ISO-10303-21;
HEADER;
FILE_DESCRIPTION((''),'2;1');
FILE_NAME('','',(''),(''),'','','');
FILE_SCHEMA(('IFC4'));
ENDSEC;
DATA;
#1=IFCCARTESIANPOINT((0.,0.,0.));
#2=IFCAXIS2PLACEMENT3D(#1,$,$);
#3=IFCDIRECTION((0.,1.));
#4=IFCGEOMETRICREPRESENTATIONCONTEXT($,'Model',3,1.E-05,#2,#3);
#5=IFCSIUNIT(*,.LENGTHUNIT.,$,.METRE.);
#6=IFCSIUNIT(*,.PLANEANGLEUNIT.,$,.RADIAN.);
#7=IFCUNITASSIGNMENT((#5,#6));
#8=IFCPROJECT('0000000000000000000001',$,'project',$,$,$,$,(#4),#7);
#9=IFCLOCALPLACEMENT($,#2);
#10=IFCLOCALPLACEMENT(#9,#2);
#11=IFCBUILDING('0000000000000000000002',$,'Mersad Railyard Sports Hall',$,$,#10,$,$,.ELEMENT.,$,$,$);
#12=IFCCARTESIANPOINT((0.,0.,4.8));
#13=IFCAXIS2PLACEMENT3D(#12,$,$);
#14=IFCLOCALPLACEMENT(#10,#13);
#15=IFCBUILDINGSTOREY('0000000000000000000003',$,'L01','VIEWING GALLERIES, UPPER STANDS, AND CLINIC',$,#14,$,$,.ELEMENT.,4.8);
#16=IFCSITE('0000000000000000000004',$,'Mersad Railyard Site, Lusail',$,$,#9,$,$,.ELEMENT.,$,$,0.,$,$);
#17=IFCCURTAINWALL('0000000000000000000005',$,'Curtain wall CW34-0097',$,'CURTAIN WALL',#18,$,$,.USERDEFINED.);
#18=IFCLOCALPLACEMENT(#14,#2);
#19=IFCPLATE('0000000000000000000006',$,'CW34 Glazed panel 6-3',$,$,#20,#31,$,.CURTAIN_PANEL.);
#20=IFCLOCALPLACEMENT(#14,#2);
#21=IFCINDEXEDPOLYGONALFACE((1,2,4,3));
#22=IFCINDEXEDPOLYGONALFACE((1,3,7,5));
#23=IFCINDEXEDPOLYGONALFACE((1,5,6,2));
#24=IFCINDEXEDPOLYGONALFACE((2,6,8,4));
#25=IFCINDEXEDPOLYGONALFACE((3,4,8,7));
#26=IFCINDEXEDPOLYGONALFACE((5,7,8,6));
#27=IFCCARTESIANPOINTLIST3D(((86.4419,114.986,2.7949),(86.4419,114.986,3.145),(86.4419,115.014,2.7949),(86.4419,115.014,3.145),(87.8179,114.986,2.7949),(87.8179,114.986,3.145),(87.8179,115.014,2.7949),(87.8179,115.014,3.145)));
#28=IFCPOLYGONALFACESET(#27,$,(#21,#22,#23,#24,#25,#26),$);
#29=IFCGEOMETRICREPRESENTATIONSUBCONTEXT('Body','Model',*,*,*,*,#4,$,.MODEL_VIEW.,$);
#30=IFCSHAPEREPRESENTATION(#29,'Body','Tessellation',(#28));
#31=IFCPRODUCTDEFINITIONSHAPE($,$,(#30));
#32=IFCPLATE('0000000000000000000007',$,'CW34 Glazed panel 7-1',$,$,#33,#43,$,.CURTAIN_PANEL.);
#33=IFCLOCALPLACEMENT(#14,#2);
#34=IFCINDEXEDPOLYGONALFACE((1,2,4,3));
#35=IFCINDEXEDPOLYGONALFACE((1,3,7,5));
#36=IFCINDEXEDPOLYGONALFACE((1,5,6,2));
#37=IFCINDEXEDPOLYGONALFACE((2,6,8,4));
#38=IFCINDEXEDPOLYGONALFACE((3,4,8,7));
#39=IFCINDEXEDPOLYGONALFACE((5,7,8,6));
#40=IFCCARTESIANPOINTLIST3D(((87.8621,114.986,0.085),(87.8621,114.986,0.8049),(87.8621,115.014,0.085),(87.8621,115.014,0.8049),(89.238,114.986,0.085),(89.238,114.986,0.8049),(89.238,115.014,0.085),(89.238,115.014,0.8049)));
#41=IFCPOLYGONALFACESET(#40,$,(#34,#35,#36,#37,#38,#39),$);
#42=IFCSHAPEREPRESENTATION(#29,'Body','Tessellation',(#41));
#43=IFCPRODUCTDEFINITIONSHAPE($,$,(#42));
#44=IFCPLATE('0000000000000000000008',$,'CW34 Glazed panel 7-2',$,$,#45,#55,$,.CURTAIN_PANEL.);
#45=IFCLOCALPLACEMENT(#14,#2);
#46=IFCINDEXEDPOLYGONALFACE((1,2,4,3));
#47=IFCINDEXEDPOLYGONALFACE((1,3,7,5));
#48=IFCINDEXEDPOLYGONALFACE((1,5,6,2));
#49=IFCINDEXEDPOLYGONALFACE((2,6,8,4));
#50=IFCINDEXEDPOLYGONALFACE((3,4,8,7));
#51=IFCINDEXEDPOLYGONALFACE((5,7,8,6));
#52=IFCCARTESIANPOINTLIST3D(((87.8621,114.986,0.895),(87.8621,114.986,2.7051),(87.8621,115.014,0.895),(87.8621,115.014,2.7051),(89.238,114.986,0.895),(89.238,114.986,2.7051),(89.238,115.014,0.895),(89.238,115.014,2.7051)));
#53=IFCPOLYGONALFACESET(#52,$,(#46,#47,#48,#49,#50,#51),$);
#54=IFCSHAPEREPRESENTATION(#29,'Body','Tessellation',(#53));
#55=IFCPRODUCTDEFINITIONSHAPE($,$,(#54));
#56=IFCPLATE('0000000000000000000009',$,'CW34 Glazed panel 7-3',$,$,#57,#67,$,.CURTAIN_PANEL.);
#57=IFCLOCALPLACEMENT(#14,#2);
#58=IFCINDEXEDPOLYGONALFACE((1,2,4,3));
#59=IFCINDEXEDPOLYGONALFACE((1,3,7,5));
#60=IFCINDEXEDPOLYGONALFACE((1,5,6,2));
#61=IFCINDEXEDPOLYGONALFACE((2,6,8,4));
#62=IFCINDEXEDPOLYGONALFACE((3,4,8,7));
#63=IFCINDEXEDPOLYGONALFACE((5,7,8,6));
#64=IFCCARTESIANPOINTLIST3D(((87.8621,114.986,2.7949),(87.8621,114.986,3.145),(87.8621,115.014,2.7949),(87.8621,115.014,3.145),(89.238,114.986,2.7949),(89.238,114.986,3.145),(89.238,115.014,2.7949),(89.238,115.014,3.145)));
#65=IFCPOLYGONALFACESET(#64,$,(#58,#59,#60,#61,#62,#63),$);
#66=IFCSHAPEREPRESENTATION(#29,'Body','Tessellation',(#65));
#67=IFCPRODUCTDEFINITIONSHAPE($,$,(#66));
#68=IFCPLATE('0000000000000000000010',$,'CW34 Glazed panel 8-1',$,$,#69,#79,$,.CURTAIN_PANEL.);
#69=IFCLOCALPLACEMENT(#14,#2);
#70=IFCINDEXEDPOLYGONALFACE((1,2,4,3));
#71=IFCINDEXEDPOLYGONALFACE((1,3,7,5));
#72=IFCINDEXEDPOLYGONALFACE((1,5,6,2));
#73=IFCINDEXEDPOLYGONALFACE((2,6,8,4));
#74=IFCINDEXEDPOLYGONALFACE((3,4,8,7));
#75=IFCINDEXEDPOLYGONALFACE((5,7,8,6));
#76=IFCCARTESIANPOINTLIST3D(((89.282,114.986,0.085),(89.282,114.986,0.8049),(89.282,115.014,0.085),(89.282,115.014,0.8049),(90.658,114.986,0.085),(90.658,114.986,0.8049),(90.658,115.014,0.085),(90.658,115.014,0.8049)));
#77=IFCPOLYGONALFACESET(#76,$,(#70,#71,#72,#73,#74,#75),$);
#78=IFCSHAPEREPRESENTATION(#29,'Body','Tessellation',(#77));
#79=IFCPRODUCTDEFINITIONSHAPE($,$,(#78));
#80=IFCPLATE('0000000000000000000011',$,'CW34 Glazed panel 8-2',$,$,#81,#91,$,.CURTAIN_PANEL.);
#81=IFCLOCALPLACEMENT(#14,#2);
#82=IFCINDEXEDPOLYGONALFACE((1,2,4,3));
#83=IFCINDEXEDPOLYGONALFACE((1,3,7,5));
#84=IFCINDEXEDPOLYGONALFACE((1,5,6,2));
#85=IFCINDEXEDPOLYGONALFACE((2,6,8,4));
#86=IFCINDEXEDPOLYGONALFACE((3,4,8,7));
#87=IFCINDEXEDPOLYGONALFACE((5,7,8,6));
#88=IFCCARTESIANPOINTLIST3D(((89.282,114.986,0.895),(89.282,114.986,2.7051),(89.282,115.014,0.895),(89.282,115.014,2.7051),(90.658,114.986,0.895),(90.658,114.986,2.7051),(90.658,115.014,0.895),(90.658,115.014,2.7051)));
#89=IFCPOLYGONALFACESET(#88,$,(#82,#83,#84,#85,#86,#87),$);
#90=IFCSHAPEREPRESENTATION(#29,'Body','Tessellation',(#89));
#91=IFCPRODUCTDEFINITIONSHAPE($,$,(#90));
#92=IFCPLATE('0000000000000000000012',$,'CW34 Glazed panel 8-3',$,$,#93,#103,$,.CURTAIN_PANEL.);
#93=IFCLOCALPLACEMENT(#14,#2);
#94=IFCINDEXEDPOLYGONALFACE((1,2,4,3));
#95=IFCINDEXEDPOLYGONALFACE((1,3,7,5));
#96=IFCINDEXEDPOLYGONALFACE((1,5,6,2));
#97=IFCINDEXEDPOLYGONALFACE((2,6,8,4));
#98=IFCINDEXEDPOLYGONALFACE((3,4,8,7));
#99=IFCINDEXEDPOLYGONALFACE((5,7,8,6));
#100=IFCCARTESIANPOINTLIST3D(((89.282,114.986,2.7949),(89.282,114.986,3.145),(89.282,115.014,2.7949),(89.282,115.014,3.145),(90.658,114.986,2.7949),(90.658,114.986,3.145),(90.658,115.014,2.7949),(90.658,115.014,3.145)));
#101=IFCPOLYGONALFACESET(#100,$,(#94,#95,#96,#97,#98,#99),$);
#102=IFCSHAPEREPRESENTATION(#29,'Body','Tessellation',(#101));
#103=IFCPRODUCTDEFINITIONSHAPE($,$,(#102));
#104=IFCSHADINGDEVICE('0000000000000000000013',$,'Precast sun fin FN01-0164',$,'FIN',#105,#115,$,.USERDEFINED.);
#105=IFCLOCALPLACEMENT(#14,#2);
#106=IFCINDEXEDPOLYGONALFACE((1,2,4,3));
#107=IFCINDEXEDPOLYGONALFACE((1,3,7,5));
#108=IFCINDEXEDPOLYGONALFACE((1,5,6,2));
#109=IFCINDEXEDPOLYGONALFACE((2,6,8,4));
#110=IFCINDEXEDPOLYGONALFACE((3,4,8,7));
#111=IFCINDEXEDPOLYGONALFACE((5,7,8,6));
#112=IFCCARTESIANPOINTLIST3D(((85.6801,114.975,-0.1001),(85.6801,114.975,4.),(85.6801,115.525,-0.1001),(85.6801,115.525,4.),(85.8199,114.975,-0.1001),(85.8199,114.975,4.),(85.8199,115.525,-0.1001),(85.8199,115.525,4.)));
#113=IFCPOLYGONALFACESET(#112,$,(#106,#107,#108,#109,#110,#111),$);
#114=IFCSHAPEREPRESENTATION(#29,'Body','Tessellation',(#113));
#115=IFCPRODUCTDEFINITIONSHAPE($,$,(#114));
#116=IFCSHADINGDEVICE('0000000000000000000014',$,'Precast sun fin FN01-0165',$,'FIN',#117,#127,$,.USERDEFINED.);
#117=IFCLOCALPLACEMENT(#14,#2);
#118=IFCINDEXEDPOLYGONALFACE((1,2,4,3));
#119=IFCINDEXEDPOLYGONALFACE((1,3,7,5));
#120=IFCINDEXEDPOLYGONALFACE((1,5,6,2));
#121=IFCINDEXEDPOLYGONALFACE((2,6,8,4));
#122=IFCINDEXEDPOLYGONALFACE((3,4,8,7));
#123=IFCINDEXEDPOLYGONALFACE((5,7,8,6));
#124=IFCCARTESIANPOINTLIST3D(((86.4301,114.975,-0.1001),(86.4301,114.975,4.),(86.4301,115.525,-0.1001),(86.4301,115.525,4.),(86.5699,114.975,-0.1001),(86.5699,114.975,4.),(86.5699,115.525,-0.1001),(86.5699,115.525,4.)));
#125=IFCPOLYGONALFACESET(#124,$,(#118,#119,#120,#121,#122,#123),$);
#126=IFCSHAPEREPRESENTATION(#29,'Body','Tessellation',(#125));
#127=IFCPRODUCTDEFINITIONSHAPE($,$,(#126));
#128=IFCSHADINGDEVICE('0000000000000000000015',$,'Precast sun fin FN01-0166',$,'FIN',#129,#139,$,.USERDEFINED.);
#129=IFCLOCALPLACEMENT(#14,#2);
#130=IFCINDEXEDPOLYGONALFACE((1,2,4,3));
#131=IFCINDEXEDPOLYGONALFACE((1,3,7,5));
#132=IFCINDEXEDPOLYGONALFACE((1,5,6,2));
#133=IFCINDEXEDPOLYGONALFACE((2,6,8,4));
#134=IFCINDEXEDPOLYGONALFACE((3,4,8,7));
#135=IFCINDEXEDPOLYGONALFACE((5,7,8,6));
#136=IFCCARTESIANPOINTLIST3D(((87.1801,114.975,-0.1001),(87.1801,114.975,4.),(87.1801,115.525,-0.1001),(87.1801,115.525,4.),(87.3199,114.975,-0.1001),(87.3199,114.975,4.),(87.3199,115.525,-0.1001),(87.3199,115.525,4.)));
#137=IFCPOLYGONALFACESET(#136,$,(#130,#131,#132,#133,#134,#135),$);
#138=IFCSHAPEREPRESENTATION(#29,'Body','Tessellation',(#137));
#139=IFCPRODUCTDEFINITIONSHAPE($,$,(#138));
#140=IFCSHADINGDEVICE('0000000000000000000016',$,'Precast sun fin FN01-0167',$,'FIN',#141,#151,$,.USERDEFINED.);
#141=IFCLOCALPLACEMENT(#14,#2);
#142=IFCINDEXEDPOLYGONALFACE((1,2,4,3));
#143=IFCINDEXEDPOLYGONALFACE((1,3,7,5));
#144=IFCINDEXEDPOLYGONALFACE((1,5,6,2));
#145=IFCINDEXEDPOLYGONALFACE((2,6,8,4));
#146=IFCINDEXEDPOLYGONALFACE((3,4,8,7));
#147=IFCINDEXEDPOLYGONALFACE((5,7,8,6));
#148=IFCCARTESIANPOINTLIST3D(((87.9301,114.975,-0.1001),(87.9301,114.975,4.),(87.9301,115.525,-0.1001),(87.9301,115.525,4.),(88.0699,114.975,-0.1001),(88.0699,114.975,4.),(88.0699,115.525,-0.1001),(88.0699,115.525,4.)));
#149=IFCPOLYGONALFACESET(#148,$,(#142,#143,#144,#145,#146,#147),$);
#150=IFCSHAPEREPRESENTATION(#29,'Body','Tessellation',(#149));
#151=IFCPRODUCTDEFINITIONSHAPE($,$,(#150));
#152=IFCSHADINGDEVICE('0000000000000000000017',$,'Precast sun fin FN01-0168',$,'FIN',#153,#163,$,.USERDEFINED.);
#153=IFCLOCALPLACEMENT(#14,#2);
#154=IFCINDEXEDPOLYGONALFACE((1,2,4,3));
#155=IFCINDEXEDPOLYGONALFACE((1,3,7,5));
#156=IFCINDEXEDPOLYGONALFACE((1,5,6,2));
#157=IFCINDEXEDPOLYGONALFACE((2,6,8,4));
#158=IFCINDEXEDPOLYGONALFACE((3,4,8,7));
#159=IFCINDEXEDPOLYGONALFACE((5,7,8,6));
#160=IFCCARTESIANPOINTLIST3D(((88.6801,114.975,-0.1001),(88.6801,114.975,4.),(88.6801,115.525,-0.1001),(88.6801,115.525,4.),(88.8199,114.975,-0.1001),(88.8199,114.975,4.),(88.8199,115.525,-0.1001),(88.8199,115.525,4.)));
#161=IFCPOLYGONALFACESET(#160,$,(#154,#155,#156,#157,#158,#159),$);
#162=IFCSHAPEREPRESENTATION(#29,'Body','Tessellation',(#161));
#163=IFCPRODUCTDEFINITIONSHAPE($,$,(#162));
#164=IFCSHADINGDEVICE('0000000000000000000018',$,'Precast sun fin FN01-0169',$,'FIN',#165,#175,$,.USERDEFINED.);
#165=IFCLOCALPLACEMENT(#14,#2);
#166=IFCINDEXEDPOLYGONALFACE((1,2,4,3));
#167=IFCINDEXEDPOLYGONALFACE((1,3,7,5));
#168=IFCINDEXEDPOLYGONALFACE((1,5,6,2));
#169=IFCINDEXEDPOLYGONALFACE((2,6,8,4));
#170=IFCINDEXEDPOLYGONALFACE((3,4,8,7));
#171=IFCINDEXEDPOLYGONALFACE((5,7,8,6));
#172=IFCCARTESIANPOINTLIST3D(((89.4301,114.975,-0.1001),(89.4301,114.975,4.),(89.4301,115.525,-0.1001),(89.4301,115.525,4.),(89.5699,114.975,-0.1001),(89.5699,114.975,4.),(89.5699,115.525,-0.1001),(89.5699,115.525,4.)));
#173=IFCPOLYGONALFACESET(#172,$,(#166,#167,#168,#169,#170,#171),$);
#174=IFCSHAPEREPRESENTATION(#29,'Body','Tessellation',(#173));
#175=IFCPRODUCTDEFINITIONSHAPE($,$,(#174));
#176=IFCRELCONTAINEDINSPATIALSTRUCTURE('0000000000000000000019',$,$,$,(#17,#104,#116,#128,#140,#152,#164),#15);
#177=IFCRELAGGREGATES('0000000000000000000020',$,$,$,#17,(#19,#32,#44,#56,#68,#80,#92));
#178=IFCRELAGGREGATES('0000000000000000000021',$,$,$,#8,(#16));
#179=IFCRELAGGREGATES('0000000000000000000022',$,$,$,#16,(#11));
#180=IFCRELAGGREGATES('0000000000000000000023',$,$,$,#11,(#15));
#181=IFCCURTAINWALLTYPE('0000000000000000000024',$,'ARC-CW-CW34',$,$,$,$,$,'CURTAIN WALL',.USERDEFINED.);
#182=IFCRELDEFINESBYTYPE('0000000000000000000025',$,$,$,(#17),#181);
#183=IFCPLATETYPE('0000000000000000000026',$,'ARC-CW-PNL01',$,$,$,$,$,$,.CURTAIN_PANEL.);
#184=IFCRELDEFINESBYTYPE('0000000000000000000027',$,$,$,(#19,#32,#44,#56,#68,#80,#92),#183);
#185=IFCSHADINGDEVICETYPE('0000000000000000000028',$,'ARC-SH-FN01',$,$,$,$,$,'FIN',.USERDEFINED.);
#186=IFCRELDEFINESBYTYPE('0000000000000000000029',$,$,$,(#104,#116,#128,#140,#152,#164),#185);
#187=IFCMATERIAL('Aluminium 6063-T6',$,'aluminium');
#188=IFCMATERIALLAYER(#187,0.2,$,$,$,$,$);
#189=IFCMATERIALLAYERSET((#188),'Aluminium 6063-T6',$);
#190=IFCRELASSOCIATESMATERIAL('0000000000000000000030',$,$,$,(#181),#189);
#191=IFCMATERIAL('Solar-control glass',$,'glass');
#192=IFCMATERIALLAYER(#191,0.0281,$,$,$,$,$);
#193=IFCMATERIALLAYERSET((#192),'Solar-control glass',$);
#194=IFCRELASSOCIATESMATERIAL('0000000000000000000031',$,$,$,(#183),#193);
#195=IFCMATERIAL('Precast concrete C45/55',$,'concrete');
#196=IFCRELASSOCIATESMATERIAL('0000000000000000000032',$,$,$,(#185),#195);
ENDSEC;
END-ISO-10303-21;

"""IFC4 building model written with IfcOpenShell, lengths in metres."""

from ifc_helpers import new_model, si_unit, direction, frame, origin, origin_2d, place, context, subcontext, project, spatial, rectangle, extrude, material, layer, layer_set, type_object, element, aggregate, save


model = new_model("IFC4")

# Units and contexts
model_context = context("Model", 3, precision=1e-05, world=origin(), true_north=direction((0.0, 1.0)))
body_context = subcontext(model_context, "Body", "Model", "MODEL_VIEW")
ifc_project = project(units=[si_unit("LENGTHUNIT", "METRE"), si_unit("PLANEANGLEUNIT", "RADIAN")], contexts=[model_context])

# Site, building, storey
site_placement = place(None, origin())
site = spatial("IfcSite", under=ifc_project, at=site_placement, Name="Mersad Railyard Site, Lusail", CompositionType="ELEMENT", RefElevation=0.0)
building_placement = place(site_placement, origin())
building = spatial("IfcBuilding", under=site, at=building_placement, Name="Mersad Railyard Sports Hall", CompositionType="ELEMENT")
storey_placement = place(building_placement, frame((0.0, 0.0, 4.8)))
storey = spatial("IfcBuildingStorey", under=building, at=storey_placement, Name="L01", Description="VIEWING GALLERIES, UPPER STANDS, AND CLINIC", CompositionType="ELEMENT", Elevation=4.8)

# Curtain wall
ifc_material_1 = material(Name="Aluminium 6063-T6", Category="aluminium")
ifc_layer_1 = layer(ifc_material_1, 0.2)
ifc_layer_set_1 = layer_set([ifc_layer_1], Name="Aluminium 6063-T6")
curtain_wall_type = type_object("IfcCurtainWallType", Name="ARC-CW-CW34", ElementType="CURTAIN WALL", PredefinedType="USERDEFINED", material=ifc_layer_set_1)
curtain_wall_placement = place(storey_placement, origin())
curtain_wall = element("IfcCurtainWall", 1, at=curtain_wall_placement, inside=storey, type_object=curtain_wall_type, Name="Curtain wall CW34-0097", ObjectType="CURTAIN WALL", PredefinedType="USERDEFINED")

# Plates
ifc_material_2 = material(Name="Solar-control glass", Category="glass")
ifc_layer_2 = layer(ifc_material_2, 0.0281)
ifc_layer_set_2 = layer_set([ifc_layer_2], Name="Solar-control glass")
plate_type = type_object("IfcPlateType", Name="ARC-CW-PNL01", PredefinedType="CURTAIN_PANEL", material=ifc_layer_set_2)
plate_1_placement = place(storey_placement, frame((87.1299, 115.0, 2.7949), z_axis=(0.0, 0.0, 1.0), x_axis=(1.0, 0.0, 0.0)))
plate_1 = element("IfcPlate", 2, at=plate_1_placement, type_object=plate_type, Name="CW34 Glazed panel 6-3", PredefinedType="CURTAIN_PANEL", context=body_context, shape_type="SweptSolid", body=[
    extrude(rectangle(XDim=1.376, YDim=0.0281, at=origin_2d()), origin(), (0.0, 0.0, 1.0), 0.3501),
])
plate_2_placement = place(storey_placement, frame((88.55, 115.0, 0.085), z_axis=(0.0, 0.0, 1.0), x_axis=(1.0, 0.0, 0.0)))
plate_2 = element("IfcPlate", 3, at=plate_2_placement, type_object=plate_type, Name="CW34 Glazed panel 7-1", PredefinedType="CURTAIN_PANEL", context=body_context, shape_type="SweptSolid", body=[
    extrude(rectangle(XDim=1.376, YDim=0.0281, at=origin_2d()), origin(), (0.0, 0.0, 1.0), 0.72),
])
plate_3_placement = place(storey_placement, frame((88.55, 115.0, 0.895), z_axis=(0.0, 0.0, 1.0), x_axis=(1.0, 0.0, 0.0)))
plate_3 = element("IfcPlate", 4, at=plate_3_placement, type_object=plate_type, Name="CW34 Glazed panel 7-2", PredefinedType="CURTAIN_PANEL", context=body_context, shape_type="SweptSolid", body=[
    extrude(rectangle(XDim=1.376, YDim=0.0281, at=origin_2d()), origin(), (0.0, 0.0, 1.0), 1.8101),
])
plate_4_placement = place(storey_placement, frame((88.55, 115.0, 2.7949), z_axis=(0.0, 0.0, 1.0), x_axis=(1.0, 0.0, 0.0)))
plate_4 = element("IfcPlate", 5, at=plate_4_placement, type_object=plate_type, Name="CW34 Glazed panel 7-3", PredefinedType="CURTAIN_PANEL", context=body_context, shape_type="SweptSolid", body=[
    extrude(rectangle(XDim=1.376, YDim=0.0281, at=origin_2d()), origin(), (0.0, 0.0, 1.0), 0.3501),
])
plate_5_placement = place(storey_placement, frame((89.97, 115.0, 0.085), z_axis=(0.0, 0.0, 1.0), x_axis=(1.0, 0.0, 0.0)))
plate_5 = element("IfcPlate", 6, at=plate_5_placement, type_object=plate_type, Name="CW34 Glazed panel 8-1", PredefinedType="CURTAIN_PANEL", context=body_context, shape_type="SweptSolid", body=[
    extrude(rectangle(XDim=1.376, YDim=0.0281, at=origin_2d()), origin(), (0.0, 0.0, 1.0), 0.72),
])
plate_6_placement = place(storey_placement, frame((89.97, 115.0, 0.895), z_axis=(0.0, 0.0, 1.0), x_axis=(1.0, 0.0, 0.0)))
plate_6 = element("IfcPlate", 7, at=plate_6_placement, type_object=plate_type, Name="CW34 Glazed panel 8-2", PredefinedType="CURTAIN_PANEL", context=body_context, shape_type="SweptSolid", body=[
    extrude(rectangle(XDim=1.376, YDim=0.0281, at=origin_2d()), origin(), (0.0, 0.0, 1.0), 1.8101),
])
plate_7_placement = place(storey_placement, frame((89.97, 115.0, 2.7949), z_axis=(0.0, 0.0, 1.0), x_axis=(1.0, 0.0, 0.0)))
plate_7 = element("IfcPlate", 8, at=plate_7_placement, type_object=plate_type, Name="CW34 Glazed panel 8-3", PredefinedType="CURTAIN_PANEL", context=body_context, shape_type="SweptSolid", body=[
    extrude(rectangle(XDim=1.376, YDim=0.0281, at=origin_2d()), origin(), (0.0, 0.0, 1.0), 0.3501),
])
aggregate(curtain_wall, [plate_1, plate_2, plate_3, plate_4, plate_5, plate_6, plate_7])

# Shading devices
ifc_material_3 = material(Name="Precast concrete C45/55", Category="concrete")
shading_device_type = type_object("IfcShadingDeviceType", Name="ARC-SH-FN01", ElementType="FIN", PredefinedType="USERDEFINED", material=ifc_material_3)
for number, where, z_axis, x_axis, name in (
    (9, (85.75, 115.25, -0.1001), (0.0, 0.0, 1.0), (1.0, 0.0, 0.0), "Precast sun fin FN01-0164"),
    (10, (86.5, 115.25, -0.1001), (0.0, 0.0, 1.0), (1.0, 0.0, 0.0), "Precast sun fin FN01-0165"),
    (11, (87.25, 115.25, -0.1001), (0.0, 0.0, 1.0), (1.0, 0.0, 0.0), "Precast sun fin FN01-0166"),
    (12, (88.0, 115.25, -0.1001), (0.0, 0.0, 1.0), (1.0, 0.0, 0.0), "Precast sun fin FN01-0167"),
    (13, (88.75, 115.25, -0.1001), (0.0, 0.0, 1.0), (1.0, 0.0, 0.0), "Precast sun fin FN01-0168"),
    (14, (89.5, 115.25, -0.1001), (0.0, 0.0, 1.0), (1.0, 0.0, 0.0), "Precast sun fin FN01-0169"),
):
    element("IfcShadingDevice", number, at=place(storey_placement, frame(where, z_axis=z_axis, x_axis=x_axis)), inside=storey, type_object=shading_device_type, Name=name, ObjectType="FIN", PredefinedType="USERDEFINED", context=body_context, shape_type="SweptSolid", body=[
        extrude(rectangle(XDim=0.1399, YDim=0.55, at=origin_2d()), origin(), (0.0, 0.0, 1.0), 4.1001),
    ])

save(model, "model.ifc")
